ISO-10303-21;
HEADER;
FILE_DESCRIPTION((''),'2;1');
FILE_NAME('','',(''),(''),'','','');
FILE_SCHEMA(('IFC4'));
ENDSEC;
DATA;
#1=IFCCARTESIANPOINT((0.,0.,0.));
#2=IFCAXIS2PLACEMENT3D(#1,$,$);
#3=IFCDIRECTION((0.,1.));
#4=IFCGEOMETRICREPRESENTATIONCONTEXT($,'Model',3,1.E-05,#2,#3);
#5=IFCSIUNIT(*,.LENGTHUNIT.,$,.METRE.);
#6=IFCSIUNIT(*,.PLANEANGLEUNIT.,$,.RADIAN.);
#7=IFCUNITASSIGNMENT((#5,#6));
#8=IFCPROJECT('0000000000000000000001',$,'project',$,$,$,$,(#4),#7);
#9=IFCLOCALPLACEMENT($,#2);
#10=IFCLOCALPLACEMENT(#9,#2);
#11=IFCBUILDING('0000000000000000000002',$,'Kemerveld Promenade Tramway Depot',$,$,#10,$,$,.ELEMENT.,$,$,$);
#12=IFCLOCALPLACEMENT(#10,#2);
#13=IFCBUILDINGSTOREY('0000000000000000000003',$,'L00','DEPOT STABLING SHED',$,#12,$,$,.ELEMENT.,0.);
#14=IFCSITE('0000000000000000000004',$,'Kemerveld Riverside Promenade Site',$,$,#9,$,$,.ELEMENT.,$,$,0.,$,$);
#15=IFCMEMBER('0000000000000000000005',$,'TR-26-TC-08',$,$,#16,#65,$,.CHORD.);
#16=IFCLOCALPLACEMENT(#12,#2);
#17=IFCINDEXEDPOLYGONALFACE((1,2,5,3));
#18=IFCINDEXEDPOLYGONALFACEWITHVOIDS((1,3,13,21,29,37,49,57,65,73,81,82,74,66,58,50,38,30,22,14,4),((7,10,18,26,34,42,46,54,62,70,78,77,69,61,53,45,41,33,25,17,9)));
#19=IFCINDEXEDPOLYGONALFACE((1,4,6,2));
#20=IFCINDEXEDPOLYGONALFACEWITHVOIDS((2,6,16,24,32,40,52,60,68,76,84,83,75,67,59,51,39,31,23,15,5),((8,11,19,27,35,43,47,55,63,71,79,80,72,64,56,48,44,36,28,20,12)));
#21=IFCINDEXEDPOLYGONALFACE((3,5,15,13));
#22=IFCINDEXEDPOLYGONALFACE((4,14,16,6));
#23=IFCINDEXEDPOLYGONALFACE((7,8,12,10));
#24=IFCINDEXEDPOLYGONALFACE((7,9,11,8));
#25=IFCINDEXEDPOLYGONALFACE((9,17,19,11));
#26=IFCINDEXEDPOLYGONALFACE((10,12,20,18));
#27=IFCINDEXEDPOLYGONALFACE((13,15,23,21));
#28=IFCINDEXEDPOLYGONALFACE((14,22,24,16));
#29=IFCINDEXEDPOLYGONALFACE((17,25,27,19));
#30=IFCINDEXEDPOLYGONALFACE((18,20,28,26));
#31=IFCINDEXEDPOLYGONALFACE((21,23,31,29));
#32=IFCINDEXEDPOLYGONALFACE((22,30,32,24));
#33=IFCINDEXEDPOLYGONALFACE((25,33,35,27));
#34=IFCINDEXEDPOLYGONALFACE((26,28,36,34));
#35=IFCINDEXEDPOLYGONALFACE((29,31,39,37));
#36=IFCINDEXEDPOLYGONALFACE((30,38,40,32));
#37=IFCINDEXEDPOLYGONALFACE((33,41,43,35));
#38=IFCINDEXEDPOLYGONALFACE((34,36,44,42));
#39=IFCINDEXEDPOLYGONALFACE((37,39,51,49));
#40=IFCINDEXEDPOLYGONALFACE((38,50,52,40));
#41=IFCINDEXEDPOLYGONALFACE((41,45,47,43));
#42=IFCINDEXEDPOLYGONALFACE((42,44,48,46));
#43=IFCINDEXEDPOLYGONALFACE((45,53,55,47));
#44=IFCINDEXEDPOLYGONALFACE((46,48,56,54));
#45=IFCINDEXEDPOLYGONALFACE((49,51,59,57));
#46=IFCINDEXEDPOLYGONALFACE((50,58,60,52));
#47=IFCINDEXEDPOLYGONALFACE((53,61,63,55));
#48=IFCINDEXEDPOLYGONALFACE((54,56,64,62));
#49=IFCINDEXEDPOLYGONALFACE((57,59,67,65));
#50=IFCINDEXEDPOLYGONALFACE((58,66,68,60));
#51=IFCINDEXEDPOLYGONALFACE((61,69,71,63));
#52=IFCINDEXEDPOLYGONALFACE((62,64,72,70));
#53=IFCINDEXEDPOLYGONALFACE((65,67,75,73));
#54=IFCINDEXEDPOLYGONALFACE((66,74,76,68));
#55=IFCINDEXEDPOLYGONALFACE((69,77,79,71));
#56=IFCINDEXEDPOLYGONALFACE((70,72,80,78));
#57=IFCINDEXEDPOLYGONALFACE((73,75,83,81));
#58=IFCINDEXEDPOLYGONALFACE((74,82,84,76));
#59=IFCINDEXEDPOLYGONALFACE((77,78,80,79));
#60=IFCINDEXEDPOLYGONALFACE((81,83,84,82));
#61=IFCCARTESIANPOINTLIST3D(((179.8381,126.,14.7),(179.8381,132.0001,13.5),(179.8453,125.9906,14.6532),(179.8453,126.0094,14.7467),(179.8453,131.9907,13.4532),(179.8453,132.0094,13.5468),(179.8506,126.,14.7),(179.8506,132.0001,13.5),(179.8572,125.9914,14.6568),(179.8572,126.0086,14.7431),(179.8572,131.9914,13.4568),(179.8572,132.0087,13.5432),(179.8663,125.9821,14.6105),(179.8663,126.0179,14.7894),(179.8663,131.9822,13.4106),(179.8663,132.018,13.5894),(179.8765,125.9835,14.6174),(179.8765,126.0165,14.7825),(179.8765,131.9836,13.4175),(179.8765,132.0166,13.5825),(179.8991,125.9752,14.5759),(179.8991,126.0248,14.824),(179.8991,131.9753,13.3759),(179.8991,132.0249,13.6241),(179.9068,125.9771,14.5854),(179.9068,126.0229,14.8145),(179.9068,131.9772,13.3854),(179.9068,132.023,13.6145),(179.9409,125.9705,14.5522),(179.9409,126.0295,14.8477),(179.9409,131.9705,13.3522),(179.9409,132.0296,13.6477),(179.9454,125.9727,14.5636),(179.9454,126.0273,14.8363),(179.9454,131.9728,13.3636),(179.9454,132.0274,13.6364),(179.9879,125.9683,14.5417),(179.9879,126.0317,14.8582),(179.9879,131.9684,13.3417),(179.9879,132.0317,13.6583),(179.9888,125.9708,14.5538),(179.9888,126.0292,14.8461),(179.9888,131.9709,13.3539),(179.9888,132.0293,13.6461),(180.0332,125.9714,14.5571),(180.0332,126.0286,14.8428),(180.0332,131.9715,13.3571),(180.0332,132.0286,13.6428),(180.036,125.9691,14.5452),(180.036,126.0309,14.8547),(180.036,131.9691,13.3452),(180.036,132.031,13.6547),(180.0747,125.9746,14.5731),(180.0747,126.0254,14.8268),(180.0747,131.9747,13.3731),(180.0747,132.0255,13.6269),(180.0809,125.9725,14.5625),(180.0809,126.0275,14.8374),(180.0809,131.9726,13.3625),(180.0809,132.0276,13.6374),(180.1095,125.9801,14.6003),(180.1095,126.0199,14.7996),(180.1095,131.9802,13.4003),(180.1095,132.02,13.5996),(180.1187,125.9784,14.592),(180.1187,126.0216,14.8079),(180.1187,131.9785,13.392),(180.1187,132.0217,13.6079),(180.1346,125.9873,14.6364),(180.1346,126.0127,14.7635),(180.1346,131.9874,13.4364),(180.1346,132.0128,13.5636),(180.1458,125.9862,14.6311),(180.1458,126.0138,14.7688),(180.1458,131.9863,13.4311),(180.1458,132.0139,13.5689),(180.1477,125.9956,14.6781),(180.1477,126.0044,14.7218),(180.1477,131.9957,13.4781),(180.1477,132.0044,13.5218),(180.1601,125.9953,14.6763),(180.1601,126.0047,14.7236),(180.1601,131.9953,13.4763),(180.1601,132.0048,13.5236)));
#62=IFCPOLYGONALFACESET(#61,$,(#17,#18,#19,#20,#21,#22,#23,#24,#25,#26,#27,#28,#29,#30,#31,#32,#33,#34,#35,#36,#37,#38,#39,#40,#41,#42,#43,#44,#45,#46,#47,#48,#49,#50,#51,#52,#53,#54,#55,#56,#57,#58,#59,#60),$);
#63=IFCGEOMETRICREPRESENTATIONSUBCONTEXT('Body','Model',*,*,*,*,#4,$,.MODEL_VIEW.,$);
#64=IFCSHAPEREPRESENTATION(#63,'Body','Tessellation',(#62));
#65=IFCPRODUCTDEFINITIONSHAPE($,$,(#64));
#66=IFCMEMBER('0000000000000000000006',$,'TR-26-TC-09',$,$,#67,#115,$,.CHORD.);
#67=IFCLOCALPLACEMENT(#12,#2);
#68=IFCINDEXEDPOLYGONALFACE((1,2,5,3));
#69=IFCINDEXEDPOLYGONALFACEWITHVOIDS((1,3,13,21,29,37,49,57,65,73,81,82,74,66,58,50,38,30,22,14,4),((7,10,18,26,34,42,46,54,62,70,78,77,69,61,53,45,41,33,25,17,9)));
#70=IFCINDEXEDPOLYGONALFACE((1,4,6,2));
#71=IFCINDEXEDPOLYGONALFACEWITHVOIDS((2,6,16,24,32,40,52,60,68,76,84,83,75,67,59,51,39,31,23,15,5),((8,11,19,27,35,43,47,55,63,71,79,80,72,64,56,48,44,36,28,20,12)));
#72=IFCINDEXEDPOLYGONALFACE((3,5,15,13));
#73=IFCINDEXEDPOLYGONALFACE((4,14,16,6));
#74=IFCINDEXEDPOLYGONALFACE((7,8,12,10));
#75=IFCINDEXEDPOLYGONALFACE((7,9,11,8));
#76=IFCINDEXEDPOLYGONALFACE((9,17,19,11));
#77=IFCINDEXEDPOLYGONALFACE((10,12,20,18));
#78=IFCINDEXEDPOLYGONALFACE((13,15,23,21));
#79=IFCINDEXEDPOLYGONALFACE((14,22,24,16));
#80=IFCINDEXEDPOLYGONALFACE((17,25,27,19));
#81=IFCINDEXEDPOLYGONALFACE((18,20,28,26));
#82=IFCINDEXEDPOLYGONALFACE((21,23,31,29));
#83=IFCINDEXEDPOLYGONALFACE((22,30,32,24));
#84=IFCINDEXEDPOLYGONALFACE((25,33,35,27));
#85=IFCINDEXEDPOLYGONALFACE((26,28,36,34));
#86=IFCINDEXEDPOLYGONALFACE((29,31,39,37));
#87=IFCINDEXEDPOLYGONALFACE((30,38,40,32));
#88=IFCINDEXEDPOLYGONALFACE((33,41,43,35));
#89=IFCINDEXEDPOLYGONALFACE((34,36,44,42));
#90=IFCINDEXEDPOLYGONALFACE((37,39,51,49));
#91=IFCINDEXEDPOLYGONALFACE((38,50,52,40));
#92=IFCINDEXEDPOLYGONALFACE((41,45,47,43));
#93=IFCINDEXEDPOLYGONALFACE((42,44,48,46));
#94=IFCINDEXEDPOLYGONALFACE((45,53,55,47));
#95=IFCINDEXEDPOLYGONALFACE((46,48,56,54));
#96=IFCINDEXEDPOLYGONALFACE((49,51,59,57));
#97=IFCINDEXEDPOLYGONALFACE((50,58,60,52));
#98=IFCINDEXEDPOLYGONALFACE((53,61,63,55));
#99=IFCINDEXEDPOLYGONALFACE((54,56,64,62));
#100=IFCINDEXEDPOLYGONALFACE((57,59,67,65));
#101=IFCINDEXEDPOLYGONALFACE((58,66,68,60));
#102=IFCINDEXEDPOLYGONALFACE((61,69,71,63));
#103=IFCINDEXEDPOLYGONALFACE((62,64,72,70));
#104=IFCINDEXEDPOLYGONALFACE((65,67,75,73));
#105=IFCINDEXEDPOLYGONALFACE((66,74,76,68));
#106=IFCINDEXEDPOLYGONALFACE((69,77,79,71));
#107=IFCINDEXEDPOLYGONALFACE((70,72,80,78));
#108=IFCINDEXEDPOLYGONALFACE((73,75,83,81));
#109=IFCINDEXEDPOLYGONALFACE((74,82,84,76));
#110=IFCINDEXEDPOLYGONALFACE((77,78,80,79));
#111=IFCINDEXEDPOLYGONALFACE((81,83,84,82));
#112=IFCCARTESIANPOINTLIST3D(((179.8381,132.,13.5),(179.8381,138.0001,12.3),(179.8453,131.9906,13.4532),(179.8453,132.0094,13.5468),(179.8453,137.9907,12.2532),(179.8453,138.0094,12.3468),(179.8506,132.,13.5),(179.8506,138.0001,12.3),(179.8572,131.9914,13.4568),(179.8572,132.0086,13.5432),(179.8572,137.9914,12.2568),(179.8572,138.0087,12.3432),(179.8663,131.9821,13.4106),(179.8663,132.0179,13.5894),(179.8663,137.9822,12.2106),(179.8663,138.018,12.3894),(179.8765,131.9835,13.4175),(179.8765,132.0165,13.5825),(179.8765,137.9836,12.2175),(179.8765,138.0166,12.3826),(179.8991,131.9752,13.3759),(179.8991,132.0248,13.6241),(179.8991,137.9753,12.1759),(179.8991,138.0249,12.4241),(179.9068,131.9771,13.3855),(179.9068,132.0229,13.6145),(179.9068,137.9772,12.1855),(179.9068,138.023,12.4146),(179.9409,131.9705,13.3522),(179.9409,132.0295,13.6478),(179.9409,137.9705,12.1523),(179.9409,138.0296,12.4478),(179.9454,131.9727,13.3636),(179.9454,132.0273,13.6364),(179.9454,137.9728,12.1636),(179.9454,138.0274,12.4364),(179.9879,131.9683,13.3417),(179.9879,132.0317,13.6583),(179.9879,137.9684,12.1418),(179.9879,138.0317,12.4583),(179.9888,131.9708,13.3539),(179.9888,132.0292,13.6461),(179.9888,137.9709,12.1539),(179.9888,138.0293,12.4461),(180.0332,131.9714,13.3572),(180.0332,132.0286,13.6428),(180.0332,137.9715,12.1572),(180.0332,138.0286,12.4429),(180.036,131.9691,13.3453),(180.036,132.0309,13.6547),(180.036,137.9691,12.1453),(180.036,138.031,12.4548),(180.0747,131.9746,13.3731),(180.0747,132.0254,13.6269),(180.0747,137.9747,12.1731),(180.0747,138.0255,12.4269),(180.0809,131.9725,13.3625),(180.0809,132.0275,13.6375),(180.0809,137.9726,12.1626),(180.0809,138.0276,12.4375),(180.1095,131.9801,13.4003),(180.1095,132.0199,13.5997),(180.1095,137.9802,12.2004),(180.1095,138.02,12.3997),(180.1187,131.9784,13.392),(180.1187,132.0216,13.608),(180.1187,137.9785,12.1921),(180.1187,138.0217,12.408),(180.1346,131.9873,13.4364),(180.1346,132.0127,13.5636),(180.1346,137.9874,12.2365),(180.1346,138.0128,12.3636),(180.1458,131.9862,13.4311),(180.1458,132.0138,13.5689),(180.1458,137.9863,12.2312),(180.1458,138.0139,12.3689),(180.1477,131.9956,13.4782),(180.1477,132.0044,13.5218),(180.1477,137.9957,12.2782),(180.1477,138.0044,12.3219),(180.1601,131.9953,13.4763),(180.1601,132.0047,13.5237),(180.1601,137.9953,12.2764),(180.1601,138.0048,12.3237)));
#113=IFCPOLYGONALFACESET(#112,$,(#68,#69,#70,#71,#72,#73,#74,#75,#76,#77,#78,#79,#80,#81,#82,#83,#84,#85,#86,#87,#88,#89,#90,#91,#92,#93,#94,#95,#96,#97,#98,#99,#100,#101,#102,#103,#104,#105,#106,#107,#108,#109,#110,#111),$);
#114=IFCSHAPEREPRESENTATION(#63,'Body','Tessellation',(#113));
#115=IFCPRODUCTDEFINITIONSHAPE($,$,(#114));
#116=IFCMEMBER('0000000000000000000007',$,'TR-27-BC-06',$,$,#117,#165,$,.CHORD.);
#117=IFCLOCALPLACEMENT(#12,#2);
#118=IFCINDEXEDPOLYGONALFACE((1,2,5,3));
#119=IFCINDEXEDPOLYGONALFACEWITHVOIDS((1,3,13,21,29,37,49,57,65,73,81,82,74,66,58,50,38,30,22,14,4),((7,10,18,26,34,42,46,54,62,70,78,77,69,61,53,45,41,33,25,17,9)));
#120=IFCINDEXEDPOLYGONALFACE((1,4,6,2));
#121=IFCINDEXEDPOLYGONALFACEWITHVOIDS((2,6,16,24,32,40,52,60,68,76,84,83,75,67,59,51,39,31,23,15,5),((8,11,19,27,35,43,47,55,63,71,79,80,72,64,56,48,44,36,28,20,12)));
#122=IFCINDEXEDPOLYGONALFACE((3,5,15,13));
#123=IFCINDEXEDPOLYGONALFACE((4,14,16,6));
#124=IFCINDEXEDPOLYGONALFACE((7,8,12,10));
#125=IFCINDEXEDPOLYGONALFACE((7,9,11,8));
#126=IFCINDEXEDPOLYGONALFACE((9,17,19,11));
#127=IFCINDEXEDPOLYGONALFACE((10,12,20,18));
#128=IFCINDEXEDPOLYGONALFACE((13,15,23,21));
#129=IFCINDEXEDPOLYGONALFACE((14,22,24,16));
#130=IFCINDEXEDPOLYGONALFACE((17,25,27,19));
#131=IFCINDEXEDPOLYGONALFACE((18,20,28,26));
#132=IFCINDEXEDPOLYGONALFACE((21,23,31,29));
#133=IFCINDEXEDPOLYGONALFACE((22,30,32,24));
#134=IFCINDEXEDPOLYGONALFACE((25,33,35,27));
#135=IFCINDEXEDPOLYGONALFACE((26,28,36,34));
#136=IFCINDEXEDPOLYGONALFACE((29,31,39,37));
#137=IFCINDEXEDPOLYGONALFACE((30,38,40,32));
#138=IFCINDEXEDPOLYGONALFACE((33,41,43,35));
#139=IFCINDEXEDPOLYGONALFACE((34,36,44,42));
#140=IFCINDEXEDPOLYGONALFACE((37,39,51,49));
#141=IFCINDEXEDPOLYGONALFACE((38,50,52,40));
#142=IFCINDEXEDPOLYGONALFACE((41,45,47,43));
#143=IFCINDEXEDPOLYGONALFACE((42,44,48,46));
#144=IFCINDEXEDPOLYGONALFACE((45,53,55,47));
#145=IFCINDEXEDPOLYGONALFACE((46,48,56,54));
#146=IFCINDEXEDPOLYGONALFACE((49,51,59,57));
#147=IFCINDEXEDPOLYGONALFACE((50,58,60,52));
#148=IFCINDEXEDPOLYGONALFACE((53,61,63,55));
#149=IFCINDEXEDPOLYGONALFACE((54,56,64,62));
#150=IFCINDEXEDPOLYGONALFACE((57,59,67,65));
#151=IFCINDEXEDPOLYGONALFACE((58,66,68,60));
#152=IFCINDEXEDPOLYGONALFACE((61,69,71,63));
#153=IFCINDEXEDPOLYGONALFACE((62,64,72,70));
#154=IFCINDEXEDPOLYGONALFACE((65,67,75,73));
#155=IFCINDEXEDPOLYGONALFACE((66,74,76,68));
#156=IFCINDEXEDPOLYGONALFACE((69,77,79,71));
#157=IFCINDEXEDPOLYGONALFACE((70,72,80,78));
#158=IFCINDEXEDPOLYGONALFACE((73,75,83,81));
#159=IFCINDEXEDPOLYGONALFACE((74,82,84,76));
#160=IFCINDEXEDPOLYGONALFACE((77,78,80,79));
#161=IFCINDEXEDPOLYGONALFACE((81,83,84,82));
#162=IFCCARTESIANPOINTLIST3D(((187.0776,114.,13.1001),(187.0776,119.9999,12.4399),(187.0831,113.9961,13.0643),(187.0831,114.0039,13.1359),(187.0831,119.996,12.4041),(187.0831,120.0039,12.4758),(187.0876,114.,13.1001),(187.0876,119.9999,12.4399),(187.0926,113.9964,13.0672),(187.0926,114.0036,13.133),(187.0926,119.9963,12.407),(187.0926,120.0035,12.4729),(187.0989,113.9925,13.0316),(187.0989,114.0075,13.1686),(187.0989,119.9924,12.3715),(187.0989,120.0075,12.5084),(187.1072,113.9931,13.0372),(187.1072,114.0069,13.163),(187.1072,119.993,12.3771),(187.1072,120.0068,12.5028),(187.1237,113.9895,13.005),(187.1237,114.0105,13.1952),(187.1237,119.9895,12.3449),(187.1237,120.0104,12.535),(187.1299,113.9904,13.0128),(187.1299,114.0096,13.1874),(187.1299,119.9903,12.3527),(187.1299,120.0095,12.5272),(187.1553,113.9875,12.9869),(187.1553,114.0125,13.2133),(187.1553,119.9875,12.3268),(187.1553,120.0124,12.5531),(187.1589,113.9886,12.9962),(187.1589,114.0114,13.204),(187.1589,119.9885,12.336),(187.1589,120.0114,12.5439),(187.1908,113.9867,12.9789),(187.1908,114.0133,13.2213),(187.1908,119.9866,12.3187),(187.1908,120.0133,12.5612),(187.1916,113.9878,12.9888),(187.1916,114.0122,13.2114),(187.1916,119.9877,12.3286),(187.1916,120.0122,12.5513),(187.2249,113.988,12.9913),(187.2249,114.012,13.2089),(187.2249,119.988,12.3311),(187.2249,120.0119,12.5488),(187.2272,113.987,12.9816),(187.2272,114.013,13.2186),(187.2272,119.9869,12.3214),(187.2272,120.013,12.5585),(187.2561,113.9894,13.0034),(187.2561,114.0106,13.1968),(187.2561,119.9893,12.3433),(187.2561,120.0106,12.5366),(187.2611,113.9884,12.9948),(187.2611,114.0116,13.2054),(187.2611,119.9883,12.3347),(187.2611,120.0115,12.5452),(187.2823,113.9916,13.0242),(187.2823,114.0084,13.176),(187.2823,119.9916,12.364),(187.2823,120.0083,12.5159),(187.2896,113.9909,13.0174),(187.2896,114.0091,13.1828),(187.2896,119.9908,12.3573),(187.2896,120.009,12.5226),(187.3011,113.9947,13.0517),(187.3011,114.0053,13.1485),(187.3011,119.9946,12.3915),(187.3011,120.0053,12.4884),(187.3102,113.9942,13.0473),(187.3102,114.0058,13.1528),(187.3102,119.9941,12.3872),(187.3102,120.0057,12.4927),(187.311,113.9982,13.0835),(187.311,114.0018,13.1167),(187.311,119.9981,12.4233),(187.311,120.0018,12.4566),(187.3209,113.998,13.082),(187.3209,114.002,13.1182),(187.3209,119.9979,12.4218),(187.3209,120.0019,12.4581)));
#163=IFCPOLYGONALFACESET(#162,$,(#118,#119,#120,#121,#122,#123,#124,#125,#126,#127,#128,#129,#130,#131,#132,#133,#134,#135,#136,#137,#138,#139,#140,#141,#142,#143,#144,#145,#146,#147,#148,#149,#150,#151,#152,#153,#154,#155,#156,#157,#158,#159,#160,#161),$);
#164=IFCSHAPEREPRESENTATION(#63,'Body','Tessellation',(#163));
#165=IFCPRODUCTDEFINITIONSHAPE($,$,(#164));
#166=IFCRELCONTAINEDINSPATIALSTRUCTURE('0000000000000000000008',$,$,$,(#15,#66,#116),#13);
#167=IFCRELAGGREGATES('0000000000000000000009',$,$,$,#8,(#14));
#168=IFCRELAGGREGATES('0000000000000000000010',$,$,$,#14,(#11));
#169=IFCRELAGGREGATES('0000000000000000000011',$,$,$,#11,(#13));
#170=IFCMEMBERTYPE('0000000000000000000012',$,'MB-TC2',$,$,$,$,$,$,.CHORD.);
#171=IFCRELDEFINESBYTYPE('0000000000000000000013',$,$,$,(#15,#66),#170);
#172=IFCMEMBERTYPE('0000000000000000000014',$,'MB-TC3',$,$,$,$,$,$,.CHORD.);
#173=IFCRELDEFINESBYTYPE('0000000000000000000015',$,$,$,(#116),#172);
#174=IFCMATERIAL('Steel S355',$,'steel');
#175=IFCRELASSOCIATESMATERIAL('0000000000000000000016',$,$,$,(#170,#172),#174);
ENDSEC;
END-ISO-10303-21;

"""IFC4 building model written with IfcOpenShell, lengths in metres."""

from ifc_helpers import new_model, si_unit, direction, frame, origin, origin_2d, place, context, subcontext, project, spatial, hollow_circle, extrude, material, material_profile, profile_set, type_object, element, save


model = new_model("IFC4")

# Units and contexts
model_context = context("Model", 3, precision=1e-05, world=origin(), true_north=direction((0.0, 1.0)))
body_context = subcontext(model_context, "Body", "Model", "MODEL_VIEW")
ifc_project = project(units=[si_unit("LENGTHUNIT", "METRE"), si_unit("PLANEANGLEUNIT", "RADIAN")], contexts=[model_context])

# Site, building, storey
site_placement = place(None, origin())
site = spatial("IfcSite", under=ifc_project, at=site_placement, Name="Kemerveld Riverside Promenade Site", CompositionType="ELEMENT", RefElevation=0.0)
building_placement = place(site_placement, origin())
building = spatial("IfcBuilding", under=site, at=building_placement, Name="Kemerveld Promenade Tramway Depot", CompositionType="ELEMENT")
storey_placement = place(building_placement, origin())
storey = spatial("IfcBuildingStorey", under=building, at=storey_placement, Name="L00", Description="DEPOT STABLING SHED", CompositionType="ELEMENT", Elevation=0.0)

# Members
ifc_material = material(Name="Steel S355", Category="steel")
ifc_material_profile_1 = material_profile(ifc_material, hollow_circle(Radius=0.1619, WallThickness=0.0125, at=origin_2d()), Name="323.9x12.5 CHS")
ifc_profile_set_1 = profile_set([ifc_material_profile_1], Name="Steel S355")
member_type_1 = type_object("IfcMemberType", Name="MB-TC2", PredefinedType="CHORD", material=ifc_profile_set_1)
for number, where, z_axis, x_axis, name in (
    (1, (180.0, 126.0, 14.7), (0.0, 0.980582, -0.196108), (-1.0, 0.0, 0.0), "TR-26-TC-08"),
    (2, (180.0, 132.0, 13.5), (0.0, 0.980582, -0.196108), (-1.0, 0.0, 0.0), "TR-26-TC-09"),
):
    element("IfcMember", number, at=place(storey_placement, frame(where, z_axis=z_axis, x_axis=x_axis)), inside=storey, type_object=member_type_1, Name=name, PredefinedType="CHORD", context=body_context, shape_type="SweptSolid", body=[
        extrude(hollow_circle(Radius=0.1619, WallThickness=0.0125, at=origin_2d()), origin(), (0.0, 0.0, 1.0), 6.1189),
    ])
ifc_material_profile_2 = material_profile(ifc_material, hollow_circle(Radius=0.1223, WallThickness=0.01, at=origin_2d()), Name="244.5x10.0 CHS")
ifc_profile_set_2 = profile_set([ifc_material_profile_2], Name="Steel S355")
member_type_2 = type_object("IfcMemberType", Name="MB-TC3", PredefinedType="CHORD", material=ifc_profile_set_2)
for number, where, z_axis, x_axis, name in (
    (3, (187.2, 114.0, 13.1001), (0.0, 0.994002, -0.109366), (-1.0, 0.0, 0.0), "TR-27-BC-06"),
):
    element("IfcMember", number, at=place(storey_placement, frame(where, z_axis=z_axis, x_axis=x_axis)), inside=storey, type_object=member_type_2, Name=name, PredefinedType="CHORD", context=body_context, shape_type="SweptSolid", body=[
        extrude(hollow_circle(Radius=0.1223, WallThickness=0.01, at=origin_2d()), origin(), (0.0, 0.0, 1.0), 6.0361),
    ])

save(model, "model.ifc")
